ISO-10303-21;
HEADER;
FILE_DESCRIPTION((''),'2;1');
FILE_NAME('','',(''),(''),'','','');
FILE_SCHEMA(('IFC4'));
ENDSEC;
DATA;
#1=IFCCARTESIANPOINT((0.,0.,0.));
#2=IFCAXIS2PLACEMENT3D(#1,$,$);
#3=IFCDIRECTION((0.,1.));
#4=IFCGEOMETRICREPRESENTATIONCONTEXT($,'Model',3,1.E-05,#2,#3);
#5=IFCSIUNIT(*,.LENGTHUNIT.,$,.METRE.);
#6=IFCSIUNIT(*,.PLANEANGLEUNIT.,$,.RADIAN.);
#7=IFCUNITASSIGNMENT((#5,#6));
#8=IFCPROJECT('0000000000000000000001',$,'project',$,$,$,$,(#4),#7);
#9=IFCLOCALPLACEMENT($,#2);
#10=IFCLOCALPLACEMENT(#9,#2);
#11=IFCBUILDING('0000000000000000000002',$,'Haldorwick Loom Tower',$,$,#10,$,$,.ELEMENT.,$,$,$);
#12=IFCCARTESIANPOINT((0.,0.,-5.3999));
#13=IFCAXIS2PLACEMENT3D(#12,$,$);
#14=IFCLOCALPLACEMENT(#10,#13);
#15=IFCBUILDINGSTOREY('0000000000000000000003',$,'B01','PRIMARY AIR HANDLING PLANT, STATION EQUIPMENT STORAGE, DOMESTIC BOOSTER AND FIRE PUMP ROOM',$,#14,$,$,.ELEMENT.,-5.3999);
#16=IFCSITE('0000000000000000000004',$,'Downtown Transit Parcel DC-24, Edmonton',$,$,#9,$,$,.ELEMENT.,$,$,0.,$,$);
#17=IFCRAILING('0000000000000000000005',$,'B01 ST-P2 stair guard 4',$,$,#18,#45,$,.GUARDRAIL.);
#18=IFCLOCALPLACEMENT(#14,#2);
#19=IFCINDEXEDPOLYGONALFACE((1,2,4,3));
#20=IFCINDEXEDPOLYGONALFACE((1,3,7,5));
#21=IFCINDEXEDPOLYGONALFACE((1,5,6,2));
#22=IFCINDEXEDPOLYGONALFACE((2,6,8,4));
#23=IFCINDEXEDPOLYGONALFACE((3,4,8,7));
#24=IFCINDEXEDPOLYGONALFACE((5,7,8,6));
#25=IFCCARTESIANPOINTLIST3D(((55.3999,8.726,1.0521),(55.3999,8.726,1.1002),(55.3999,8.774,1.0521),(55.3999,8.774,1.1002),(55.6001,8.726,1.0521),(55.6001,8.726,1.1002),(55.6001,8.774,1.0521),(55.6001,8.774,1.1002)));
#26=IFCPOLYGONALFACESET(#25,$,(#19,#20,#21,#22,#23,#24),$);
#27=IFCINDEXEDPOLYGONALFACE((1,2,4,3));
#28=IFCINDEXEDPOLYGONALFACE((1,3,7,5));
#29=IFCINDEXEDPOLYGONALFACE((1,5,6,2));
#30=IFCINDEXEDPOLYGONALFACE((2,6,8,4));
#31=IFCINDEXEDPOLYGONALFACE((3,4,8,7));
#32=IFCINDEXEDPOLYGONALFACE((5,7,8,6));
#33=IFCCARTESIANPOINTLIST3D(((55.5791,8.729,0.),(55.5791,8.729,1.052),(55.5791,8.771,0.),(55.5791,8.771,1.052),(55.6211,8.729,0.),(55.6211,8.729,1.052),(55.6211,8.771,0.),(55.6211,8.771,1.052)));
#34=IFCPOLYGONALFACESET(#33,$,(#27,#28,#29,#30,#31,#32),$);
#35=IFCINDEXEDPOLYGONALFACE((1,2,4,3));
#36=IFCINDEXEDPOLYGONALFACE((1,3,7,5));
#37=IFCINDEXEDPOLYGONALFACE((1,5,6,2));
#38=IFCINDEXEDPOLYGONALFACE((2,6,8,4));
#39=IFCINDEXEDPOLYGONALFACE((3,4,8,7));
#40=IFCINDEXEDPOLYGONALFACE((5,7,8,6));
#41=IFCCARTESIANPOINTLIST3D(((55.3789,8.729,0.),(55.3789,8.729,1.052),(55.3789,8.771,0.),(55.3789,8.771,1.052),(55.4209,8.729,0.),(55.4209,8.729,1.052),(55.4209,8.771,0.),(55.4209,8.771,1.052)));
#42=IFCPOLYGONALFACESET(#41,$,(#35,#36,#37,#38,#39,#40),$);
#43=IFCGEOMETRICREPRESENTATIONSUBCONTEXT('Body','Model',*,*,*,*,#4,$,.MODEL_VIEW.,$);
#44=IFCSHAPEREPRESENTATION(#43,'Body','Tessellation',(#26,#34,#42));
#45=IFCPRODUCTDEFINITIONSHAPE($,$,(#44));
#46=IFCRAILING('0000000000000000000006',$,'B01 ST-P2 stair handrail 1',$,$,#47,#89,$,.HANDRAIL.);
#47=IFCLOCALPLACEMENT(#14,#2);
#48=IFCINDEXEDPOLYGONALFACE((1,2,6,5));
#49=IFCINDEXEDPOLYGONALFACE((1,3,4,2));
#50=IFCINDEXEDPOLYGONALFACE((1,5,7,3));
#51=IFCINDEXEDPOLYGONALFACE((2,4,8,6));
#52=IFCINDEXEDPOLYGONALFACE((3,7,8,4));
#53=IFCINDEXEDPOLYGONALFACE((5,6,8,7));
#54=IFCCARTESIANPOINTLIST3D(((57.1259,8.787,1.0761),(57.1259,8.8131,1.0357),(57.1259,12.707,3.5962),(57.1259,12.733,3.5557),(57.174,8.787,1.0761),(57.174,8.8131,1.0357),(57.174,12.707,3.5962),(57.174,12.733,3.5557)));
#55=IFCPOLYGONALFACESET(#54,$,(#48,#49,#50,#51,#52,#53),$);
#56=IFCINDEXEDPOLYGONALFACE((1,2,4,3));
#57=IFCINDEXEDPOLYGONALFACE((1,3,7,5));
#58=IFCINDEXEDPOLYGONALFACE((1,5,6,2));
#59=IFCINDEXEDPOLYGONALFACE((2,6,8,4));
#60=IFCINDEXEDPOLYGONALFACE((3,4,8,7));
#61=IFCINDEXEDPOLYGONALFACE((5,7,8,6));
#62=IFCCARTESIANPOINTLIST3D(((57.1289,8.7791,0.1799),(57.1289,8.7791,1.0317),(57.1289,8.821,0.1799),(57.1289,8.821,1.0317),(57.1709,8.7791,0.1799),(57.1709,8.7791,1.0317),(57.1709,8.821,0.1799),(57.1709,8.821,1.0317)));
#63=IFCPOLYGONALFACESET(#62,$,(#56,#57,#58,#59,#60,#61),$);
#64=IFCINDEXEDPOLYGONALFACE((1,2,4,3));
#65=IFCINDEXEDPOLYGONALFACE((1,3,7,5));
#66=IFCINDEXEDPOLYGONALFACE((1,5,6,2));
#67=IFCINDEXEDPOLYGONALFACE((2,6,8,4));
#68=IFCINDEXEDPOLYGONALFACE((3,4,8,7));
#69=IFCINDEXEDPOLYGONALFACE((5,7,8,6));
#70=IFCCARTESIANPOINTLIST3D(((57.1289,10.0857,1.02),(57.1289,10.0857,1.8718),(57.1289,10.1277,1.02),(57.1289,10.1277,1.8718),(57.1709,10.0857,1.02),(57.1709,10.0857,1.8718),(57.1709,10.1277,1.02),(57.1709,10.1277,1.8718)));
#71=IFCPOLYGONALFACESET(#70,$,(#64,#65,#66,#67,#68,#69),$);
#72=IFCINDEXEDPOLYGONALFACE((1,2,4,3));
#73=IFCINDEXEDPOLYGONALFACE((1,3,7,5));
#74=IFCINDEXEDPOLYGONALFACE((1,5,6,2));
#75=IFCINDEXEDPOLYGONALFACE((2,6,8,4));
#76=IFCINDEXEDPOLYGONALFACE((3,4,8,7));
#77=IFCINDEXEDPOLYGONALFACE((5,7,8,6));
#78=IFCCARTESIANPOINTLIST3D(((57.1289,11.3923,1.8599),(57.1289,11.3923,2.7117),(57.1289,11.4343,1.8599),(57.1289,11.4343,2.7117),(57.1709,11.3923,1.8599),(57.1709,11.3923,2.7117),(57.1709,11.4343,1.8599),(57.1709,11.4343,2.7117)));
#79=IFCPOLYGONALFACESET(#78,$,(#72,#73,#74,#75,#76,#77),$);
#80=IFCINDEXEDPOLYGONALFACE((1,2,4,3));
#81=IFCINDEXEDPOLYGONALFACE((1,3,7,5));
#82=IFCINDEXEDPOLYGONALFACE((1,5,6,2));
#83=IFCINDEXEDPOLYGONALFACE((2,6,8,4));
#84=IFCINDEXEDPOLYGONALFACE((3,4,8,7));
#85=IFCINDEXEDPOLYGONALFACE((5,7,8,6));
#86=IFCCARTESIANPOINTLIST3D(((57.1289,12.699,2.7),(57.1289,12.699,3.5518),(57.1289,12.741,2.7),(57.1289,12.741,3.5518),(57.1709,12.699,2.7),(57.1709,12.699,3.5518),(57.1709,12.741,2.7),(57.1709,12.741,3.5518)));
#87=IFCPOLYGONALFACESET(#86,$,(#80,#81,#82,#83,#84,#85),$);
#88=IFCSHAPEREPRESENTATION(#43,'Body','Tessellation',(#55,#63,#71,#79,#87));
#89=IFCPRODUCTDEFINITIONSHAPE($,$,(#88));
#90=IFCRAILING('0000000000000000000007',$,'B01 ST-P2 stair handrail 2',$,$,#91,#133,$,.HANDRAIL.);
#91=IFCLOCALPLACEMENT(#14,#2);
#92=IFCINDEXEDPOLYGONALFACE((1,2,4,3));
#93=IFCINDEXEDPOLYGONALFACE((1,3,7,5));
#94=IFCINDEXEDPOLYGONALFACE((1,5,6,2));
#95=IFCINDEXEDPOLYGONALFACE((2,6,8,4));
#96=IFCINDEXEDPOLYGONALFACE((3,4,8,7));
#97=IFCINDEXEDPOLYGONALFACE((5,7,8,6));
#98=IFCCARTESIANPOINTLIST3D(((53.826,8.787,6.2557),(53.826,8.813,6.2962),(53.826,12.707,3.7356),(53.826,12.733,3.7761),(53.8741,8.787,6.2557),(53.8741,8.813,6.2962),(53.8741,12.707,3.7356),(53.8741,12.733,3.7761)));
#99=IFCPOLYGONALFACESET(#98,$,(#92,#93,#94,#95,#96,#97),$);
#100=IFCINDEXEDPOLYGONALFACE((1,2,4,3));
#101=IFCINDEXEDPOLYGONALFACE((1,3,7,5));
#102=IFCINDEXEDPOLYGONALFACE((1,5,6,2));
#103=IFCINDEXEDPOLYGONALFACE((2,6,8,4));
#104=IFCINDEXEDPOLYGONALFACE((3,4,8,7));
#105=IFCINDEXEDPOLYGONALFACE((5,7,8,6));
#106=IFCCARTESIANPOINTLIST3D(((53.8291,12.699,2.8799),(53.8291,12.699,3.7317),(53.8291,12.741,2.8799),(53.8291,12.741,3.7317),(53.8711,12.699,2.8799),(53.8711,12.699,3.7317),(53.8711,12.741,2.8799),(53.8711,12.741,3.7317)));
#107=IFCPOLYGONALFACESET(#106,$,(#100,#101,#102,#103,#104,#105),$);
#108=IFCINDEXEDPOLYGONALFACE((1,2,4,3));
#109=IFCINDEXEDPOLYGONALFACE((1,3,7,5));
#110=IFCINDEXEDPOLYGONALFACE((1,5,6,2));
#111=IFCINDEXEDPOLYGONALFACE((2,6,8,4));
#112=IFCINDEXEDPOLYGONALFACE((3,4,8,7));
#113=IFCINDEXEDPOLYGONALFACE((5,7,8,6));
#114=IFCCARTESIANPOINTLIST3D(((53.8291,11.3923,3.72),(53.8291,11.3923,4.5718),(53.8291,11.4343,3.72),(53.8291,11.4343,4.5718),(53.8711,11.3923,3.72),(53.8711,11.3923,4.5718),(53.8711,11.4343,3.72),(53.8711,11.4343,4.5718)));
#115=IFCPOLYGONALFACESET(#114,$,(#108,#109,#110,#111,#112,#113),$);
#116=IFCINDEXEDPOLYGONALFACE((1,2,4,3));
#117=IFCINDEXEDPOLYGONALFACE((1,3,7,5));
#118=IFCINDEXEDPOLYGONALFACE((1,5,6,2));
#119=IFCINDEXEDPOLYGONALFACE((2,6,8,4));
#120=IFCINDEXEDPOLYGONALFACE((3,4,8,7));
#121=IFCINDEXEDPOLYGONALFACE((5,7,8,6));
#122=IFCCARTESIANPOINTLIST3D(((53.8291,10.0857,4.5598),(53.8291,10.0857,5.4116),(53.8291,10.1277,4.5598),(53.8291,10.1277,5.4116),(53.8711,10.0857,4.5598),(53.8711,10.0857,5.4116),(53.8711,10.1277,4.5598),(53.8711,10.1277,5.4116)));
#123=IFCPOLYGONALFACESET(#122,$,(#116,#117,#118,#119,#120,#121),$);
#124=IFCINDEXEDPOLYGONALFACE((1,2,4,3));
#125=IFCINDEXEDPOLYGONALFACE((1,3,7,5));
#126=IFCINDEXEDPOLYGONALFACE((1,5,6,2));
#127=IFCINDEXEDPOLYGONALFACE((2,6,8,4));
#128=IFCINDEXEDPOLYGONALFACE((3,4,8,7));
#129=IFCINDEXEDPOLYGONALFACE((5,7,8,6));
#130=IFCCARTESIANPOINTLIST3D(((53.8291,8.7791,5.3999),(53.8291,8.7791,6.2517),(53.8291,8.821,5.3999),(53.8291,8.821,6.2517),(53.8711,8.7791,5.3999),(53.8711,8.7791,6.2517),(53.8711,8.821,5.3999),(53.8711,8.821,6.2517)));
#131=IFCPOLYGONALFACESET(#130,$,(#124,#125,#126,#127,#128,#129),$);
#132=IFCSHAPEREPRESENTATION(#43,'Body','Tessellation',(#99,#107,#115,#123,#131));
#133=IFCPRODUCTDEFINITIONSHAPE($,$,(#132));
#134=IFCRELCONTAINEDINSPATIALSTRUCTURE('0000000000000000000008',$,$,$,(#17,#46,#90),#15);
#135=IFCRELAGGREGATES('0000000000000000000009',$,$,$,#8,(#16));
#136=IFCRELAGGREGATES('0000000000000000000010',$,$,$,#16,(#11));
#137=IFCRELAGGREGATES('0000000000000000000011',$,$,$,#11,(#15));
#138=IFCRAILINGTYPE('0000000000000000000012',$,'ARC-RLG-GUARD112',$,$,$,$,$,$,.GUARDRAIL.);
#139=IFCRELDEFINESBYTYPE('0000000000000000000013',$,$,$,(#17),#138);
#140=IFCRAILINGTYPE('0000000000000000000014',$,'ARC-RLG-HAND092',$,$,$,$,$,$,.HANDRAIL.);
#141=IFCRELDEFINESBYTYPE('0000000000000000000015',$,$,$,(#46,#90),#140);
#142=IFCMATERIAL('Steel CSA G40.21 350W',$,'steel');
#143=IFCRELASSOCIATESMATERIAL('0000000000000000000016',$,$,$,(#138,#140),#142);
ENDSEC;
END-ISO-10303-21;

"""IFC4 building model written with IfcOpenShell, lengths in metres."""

from ifc_helpers import new_model, si_unit, direction, frame, origin, origin_2d, place, context, subcontext, project, spatial, rectangle, extrude, material, type_object, element, save


model = new_model("IFC4")

# Units and contexts
model_context = context("Model", 3, precision=1e-05, world=origin(), true_north=direction((0.0, 1.0)))
body_context = subcontext(model_context, "Body", "Model", "MODEL_VIEW")
ifc_project = project(units=[si_unit("LENGTHUNIT", "METRE"), si_unit("PLANEANGLEUNIT", "RADIAN")], contexts=[model_context])

# Site, building, storey
site_placement = place(None, origin())
site = spatial("IfcSite", under=ifc_project, at=site_placement, Name="Downtown Transit Parcel DC-24, Edmonton", CompositionType="ELEMENT", RefElevation=0.0)
building_placement = place(site_placement, origin())
building = spatial("IfcBuilding", under=site, at=building_placement, Name="Haldorwick Loom Tower", CompositionType="ELEMENT")
storey_placement = place(building_placement, frame((0.0, 0.0, -5.3999)))
storey = spatial("IfcBuildingStorey", under=building, at=storey_placement, Name="B01", Description="PRIMARY AIR HANDLING PLANT, STATION EQUIPMENT STORAGE, DOMESTIC BOOSTER AND FIRE PUMP ROOM", CompositionType="ELEMENT", Elevation=-5.3999)

# Shared definitions
ifc_material_1 = material(Name="Steel CSA G40.21 350W", Category="steel")

# Railings
railing_type_1 = type_object("IfcRailingType", Name="ARC-RLG-GUARD112", PredefinedType="GUARDRAIL", material=ifc_material_1)
railing_1_placement = place(storey_placement, frame((55.6001, 8.75, 0.0)))
element("IfcRailing", 1, at=railing_1_placement, inside=storey, type_object=railing_type_1, Name="B01 ST-P2 stair guard 4", PredefinedType="GUARDRAIL", context=body_context, shape_type="SweptSolid", body=[
    extrude(rectangle(XDim=0.0481, YDim=0.0481, at=origin_2d()), frame((0.0, 0.0, 1.0762), z_axis=(-1.0, 0.0, 0.0), x_axis=(0.0, -1.0, 0.0)), (0.0, 0.0, 1.0), 0.2002),
    extrude(rectangle(XDim=0.042, YDim=0.042, at=origin_2d()), origin(), (0.0, 0.0, 1.0), 1.052),
    extrude(rectangle(XDim=0.042, YDim=0.042, at=origin_2d()), frame((-0.2002, 0.0, 0.0)), (0.0, 0.0, 1.0), 1.052),
])
railing_type_2 = type_object("IfcRailingType", Name="ARC-RLG-HAND092", PredefinedType="HANDRAIL", material=ifc_material_1)
railing_2_placement = place(storey_placement, frame((57.1499, 8.8, 0.1799)))
element("IfcRailing", 2, at=railing_2_placement, inside=storey, type_object=railing_type_2, Name="B01 ST-P2 stair handrail 1", PredefinedType="HANDRAIL", context=body_context, shape_type="SweptSolid", body=[
    extrude(rectangle(XDim=0.0481, YDim=0.0481, at=origin_2d()), frame((0.0, 0.0, 0.876), z_axis=(0.0, 0.841172, 0.540768), x_axis=(-1.0, 0.0, 0.0)), (0.0, 0.0, 1.0), 4.6602),
    extrude(rectangle(XDim=0.042, YDim=0.042, at=origin_2d()), origin(), (0.0, 0.0, 1.0), 0.8518),
    extrude(rectangle(XDim=0.042, YDim=0.042, at=origin_2d()), frame((0.0, 1.3066, 0.8401)), (0.0, 0.0, 1.0), 0.8518),
    extrude(rectangle(XDim=0.042, YDim=0.042, at=origin_2d()), frame((0.0, 2.6133, 1.6799)), (0.0, 0.0, 1.0), 0.8518),
    extrude(rectangle(XDim=0.042, YDim=0.042, at=origin_2d()), frame((0.0, 3.9199, 2.52)), (0.0, 0.0, 1.0), 0.8518),
])
railing_3_placement = place(storey_placement, frame((53.8501, 12.72, 2.8799)))
element("IfcRailing", 3, at=railing_3_placement, inside=storey, type_object=railing_type_2, Name="B01 ST-P2 stair handrail 2", PredefinedType="HANDRAIL", context=body_context, shape_type="SweptSolid", body=[
    extrude(rectangle(XDim=0.0481, YDim=0.0481, at=origin_2d()), frame((0.0, 0.0, 0.876), z_axis=(0.0, -0.841172, 0.540768), x_axis=(1.0, 0.0, 0.0)), (0.0, 0.0, 1.0), 4.6602),
    extrude(rectangle(XDim=0.042, YDim=0.042, at=origin_2d()), origin(), (0.0, 0.0, 1.0), 0.8518),
    extrude(rectangle(XDim=0.042, YDim=0.042, at=origin_2d()), frame((0.0, -1.3066, 0.8401)), (0.0, 0.0, 1.0), 0.8518),
    extrude(rectangle(XDim=0.042, YDim=0.042, at=origin_2d()), frame((0.0, -2.6133, 1.6799)), (0.0, 0.0, 1.0), 0.8518),
    extrude(rectangle(XDim=0.042, YDim=0.042, at=origin_2d()), frame((0.0, -3.9199, 2.52)), (0.0, 0.0, 1.0), 0.8518),
])

save(model, "model.ifc")
